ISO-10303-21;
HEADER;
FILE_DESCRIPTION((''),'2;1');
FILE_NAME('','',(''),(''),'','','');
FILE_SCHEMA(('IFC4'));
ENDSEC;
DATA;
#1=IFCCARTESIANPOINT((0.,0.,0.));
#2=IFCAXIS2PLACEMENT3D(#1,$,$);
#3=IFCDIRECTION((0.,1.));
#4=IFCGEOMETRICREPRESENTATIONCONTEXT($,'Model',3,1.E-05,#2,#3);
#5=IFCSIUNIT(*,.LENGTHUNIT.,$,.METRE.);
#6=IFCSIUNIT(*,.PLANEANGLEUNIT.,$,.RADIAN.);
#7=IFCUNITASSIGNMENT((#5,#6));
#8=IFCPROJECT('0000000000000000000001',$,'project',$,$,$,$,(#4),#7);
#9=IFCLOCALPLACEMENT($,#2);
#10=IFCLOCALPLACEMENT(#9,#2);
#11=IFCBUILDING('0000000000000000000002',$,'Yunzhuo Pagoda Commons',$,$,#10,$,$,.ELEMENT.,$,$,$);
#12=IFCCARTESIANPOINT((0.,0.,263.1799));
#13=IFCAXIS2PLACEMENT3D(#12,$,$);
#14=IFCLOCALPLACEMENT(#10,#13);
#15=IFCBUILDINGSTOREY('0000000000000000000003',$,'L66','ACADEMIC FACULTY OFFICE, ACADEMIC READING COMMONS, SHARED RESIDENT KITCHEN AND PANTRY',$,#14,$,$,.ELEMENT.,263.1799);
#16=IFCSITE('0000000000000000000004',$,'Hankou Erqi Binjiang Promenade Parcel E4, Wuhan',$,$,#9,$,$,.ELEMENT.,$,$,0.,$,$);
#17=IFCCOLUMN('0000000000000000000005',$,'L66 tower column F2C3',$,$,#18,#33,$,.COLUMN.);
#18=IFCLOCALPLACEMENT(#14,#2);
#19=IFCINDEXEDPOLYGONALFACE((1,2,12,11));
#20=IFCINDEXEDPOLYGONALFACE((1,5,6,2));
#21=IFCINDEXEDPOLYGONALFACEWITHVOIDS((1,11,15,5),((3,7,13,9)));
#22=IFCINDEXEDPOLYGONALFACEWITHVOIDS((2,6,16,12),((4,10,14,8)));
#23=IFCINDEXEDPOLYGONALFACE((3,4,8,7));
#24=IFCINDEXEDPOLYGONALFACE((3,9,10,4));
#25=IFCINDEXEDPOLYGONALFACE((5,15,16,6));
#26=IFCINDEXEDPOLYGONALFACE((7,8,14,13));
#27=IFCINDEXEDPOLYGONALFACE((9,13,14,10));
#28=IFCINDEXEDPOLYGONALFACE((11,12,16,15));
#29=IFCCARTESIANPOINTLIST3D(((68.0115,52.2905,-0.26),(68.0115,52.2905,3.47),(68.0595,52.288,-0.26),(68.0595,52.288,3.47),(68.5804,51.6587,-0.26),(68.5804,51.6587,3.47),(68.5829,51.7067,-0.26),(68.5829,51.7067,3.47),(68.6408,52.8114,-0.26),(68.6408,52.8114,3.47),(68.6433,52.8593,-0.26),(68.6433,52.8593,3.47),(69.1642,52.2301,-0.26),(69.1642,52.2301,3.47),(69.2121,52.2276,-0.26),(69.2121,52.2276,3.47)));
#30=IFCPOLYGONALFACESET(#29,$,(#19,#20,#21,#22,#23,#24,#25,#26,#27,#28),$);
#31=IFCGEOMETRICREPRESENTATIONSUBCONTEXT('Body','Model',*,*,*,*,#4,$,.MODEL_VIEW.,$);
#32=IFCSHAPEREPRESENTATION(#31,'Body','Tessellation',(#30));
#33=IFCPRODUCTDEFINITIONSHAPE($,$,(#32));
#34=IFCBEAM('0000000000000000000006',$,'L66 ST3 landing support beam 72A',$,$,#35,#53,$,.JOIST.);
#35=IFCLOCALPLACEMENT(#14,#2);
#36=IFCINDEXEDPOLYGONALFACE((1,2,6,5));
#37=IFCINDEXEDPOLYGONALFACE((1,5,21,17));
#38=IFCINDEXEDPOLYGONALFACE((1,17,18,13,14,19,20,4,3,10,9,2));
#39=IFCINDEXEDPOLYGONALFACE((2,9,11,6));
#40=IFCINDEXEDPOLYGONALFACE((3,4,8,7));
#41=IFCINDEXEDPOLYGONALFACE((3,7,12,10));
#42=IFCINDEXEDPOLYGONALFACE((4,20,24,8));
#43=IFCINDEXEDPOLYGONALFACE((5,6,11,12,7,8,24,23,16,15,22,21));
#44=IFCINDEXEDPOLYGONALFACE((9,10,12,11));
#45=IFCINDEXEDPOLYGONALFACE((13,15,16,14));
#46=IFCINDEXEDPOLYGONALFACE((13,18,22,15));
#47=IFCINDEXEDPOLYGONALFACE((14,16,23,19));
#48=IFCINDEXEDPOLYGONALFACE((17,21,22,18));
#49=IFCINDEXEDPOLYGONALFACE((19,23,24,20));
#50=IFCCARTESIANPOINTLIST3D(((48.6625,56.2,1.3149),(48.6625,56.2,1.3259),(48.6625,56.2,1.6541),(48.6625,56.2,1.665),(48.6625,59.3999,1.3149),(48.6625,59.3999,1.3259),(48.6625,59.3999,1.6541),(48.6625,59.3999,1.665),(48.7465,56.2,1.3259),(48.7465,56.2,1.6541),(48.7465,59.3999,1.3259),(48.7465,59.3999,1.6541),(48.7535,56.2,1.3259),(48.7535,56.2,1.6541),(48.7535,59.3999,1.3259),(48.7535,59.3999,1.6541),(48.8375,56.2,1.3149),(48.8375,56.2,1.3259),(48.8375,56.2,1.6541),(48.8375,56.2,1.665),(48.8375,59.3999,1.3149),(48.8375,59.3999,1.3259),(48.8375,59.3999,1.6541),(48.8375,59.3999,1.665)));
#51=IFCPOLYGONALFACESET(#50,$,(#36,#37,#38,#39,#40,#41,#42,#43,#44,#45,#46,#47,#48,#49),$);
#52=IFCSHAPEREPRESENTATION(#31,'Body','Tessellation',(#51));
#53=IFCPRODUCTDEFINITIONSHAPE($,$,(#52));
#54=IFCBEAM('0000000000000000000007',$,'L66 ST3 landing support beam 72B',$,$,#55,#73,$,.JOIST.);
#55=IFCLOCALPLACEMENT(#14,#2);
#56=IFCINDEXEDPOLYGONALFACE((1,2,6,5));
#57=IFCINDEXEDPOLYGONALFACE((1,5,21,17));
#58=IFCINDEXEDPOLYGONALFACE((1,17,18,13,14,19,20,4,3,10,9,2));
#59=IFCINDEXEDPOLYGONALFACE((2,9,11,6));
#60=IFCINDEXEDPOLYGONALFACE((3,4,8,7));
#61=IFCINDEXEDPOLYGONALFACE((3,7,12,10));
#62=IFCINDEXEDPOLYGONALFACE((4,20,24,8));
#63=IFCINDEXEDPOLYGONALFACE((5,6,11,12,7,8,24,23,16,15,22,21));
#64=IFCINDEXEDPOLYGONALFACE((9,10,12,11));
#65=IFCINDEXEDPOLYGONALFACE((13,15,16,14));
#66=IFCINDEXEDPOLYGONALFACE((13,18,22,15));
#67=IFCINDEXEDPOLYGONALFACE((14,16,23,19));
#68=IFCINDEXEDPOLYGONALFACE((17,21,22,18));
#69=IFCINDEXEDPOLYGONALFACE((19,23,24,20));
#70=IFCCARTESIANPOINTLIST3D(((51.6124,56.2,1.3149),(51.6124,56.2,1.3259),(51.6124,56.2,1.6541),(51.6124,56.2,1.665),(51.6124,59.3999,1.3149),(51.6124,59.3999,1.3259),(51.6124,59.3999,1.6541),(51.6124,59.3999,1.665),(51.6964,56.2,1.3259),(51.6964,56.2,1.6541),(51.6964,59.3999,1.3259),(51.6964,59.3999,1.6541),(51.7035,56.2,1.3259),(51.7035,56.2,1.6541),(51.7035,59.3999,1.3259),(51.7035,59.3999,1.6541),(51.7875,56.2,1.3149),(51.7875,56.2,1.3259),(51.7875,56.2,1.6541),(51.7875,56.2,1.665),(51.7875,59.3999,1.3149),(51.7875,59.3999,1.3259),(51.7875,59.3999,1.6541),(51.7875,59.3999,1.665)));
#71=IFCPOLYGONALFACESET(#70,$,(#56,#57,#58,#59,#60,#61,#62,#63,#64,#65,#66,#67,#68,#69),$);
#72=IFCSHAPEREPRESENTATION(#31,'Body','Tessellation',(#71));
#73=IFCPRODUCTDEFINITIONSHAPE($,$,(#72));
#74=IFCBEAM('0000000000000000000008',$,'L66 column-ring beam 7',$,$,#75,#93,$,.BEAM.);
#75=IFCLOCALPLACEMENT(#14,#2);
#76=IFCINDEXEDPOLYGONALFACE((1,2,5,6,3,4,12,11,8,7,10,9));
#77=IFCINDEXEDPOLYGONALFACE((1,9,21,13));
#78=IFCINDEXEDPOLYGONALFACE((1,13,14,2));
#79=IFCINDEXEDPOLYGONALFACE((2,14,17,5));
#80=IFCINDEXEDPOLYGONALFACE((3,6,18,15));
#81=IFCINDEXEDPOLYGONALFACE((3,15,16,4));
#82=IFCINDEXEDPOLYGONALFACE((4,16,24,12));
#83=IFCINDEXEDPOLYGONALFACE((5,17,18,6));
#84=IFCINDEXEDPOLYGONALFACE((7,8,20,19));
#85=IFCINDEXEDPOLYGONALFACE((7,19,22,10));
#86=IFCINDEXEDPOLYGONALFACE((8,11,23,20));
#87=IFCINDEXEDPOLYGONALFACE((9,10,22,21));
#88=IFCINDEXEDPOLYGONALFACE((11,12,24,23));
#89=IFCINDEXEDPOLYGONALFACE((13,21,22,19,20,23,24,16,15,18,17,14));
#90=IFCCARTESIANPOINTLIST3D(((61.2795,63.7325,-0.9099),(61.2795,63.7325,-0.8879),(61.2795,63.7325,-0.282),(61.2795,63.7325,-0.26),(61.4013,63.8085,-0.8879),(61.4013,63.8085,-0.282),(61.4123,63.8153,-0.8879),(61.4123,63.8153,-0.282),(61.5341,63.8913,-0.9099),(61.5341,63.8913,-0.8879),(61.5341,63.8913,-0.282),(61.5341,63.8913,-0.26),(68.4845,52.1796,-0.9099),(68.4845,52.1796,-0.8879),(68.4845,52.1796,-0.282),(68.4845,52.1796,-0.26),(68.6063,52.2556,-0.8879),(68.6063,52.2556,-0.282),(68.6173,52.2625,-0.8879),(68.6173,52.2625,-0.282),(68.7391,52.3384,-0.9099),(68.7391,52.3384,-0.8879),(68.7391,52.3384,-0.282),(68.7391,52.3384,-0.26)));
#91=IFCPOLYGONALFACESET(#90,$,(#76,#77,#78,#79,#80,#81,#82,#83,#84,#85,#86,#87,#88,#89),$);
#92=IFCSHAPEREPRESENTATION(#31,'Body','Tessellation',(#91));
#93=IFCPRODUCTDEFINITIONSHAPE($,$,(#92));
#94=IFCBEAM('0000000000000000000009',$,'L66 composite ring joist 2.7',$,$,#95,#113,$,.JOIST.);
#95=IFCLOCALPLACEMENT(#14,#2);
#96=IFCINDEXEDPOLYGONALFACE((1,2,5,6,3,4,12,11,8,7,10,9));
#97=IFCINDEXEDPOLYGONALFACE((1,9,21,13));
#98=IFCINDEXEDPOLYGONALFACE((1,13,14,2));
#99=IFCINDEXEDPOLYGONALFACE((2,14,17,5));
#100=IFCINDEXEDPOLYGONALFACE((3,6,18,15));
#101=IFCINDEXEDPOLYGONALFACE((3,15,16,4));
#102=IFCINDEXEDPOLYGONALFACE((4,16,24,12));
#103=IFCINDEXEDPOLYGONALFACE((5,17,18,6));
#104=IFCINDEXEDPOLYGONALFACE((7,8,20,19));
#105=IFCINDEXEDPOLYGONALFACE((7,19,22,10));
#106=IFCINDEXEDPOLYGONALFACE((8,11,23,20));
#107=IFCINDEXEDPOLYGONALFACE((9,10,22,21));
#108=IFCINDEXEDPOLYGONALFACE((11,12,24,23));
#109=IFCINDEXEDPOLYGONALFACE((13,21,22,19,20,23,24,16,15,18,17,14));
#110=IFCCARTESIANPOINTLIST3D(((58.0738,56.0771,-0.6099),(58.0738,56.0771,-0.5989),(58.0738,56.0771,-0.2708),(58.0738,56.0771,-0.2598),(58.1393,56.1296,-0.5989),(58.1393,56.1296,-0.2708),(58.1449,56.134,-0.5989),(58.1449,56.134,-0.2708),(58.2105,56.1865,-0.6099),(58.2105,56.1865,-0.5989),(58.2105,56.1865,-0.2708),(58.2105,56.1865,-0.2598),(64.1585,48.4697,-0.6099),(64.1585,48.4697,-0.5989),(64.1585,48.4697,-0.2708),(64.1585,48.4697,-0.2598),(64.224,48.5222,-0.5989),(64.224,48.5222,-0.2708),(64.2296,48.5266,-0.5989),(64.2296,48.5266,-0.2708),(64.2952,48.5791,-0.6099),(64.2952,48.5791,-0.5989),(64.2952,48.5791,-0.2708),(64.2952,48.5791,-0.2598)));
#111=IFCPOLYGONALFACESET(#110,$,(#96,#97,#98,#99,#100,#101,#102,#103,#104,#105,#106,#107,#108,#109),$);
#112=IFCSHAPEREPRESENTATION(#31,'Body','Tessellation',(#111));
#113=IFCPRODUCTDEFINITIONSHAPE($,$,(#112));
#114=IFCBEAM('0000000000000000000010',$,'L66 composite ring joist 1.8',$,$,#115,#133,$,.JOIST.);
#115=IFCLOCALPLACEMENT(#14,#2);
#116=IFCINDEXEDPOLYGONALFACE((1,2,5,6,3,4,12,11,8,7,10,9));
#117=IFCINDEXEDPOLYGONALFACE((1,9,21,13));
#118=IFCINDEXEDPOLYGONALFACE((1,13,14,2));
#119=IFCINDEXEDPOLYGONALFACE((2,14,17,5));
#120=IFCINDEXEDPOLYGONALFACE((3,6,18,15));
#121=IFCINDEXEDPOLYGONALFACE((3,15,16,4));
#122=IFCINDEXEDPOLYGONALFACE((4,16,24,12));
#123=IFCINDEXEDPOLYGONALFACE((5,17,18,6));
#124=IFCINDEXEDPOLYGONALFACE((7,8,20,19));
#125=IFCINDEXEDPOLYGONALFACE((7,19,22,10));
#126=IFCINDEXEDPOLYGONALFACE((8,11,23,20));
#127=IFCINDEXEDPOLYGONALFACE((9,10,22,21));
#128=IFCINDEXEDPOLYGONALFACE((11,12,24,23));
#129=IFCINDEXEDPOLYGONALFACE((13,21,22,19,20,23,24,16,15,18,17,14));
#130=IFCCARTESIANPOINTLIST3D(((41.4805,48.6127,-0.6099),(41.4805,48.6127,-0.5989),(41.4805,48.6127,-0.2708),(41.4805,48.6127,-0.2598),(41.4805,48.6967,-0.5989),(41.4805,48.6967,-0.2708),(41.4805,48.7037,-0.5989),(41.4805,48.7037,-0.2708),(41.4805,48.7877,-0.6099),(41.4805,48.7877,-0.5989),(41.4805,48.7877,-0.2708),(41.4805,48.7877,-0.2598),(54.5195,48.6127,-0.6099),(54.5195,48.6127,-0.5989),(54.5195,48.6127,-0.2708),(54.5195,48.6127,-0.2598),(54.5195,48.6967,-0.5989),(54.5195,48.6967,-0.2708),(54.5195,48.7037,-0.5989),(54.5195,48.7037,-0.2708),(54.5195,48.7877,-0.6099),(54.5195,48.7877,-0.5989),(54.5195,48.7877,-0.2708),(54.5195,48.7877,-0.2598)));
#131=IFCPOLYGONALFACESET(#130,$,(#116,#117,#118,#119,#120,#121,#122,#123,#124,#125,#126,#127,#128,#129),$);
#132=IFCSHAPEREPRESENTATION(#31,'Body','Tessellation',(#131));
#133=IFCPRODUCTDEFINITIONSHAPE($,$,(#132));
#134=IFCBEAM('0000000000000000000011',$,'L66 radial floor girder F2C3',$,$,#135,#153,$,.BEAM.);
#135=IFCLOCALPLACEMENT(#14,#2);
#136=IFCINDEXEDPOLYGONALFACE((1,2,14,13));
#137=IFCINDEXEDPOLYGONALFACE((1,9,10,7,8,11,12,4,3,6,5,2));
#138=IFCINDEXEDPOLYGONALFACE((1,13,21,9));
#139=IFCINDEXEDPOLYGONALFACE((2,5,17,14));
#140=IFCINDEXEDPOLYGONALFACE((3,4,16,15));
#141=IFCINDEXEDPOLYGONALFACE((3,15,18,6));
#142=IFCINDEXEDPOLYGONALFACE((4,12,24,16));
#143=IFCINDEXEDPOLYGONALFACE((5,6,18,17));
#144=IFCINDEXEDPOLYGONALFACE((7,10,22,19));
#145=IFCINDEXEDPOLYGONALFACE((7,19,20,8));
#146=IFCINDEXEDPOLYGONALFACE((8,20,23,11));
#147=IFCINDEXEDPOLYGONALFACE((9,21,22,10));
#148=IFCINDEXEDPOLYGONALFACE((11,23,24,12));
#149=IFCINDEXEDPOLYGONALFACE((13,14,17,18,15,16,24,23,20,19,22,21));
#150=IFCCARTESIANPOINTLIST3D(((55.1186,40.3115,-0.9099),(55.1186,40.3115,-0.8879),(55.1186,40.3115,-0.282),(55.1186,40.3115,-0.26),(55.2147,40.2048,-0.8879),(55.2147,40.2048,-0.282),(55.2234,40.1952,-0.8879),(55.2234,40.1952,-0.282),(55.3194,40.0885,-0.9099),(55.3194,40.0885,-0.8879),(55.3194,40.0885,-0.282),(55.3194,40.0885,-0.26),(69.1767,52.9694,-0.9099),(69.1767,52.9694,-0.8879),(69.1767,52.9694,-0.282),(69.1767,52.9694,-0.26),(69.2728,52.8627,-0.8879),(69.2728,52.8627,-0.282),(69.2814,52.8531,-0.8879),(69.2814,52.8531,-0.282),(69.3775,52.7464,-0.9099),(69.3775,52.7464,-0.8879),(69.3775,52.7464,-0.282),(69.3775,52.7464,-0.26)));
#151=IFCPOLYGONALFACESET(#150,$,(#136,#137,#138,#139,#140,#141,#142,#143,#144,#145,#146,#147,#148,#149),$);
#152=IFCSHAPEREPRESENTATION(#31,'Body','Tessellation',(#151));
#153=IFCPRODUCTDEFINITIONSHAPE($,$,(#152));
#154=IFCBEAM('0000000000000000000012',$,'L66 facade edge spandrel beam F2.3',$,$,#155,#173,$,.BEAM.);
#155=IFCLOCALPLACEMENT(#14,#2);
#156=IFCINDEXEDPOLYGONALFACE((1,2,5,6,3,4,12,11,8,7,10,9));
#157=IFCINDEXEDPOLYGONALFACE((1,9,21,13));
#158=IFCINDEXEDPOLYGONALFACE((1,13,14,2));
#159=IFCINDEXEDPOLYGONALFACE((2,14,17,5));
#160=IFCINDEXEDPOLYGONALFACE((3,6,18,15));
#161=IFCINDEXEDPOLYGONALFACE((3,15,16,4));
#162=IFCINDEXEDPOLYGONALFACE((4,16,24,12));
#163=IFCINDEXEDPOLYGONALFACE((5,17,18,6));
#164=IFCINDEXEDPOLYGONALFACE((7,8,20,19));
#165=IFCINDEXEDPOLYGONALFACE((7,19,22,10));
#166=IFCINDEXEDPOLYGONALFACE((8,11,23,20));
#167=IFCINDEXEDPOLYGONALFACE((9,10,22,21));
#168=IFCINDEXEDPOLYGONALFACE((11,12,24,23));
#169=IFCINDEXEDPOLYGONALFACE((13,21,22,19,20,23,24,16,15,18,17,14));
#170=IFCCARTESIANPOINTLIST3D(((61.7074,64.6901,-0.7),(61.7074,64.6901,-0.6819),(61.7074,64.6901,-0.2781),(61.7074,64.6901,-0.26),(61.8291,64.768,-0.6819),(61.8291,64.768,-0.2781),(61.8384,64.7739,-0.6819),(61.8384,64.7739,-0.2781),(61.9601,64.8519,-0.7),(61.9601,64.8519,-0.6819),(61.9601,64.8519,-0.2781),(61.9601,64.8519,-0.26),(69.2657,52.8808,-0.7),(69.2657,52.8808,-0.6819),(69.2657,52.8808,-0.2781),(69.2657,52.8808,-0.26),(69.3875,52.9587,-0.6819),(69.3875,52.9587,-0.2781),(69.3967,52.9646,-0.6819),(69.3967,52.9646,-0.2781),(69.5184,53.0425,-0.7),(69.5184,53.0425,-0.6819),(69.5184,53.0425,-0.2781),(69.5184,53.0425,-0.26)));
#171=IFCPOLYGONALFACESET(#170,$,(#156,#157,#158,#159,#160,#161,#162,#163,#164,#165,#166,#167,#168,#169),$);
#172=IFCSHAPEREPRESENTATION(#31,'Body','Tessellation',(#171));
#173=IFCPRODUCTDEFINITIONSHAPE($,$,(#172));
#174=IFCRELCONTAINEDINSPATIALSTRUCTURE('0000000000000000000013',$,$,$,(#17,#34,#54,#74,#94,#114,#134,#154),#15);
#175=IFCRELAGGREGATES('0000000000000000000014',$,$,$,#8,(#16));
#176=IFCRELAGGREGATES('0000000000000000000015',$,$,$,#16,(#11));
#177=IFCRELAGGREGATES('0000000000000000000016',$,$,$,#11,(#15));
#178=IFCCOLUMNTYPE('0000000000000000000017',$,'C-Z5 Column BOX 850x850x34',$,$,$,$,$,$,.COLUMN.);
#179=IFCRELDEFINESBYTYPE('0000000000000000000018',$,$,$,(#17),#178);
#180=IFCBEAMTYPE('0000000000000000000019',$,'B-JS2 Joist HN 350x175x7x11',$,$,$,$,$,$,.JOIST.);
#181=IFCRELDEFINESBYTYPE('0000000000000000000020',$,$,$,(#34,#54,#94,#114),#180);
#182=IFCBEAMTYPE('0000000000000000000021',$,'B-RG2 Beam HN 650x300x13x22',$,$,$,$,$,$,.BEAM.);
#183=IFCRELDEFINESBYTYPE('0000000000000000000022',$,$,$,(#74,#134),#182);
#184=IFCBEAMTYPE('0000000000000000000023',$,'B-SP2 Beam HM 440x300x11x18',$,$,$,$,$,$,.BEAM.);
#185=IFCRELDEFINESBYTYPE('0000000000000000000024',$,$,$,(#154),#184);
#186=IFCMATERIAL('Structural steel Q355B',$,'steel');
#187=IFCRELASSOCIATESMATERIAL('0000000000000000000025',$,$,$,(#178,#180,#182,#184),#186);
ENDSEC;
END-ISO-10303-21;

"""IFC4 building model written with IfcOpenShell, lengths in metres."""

from ifc_helpers import new_model, si_unit, direction, frame, origin, origin_2d, place, context, subcontext, project, spatial, hollow_rectangle, i_section, extrude, source, transform, mapped, material, material_profile, profile_set, type_object, element, save


model = new_model("IFC4")

# Units and contexts
model_context = context("Model", 3, precision=1e-05, world=origin(), true_north=direction((0.0, 1.0)))
body_context = subcontext(model_context, "Body", "Model", "MODEL_VIEW")
ifc_project = project(units=[si_unit("LENGTHUNIT", "METRE"), si_unit("PLANEANGLEUNIT", "RADIAN")], contexts=[model_context])

# Site, building, storey
site_placement = place(None, origin())
site = spatial("IfcSite", under=ifc_project, at=site_placement, Name="Hankou Erqi Binjiang Promenade Parcel E4, Wuhan", CompositionType="ELEMENT", RefElevation=0.0)
building_placement = place(site_placement, origin())
building = spatial("IfcBuilding", under=site, at=building_placement, Name="Yunzhuo Pagoda Commons", CompositionType="ELEMENT")
storey_placement = place(building_placement, frame((0.0, 0.0, 263.1799)))
storey = spatial("IfcBuildingStorey", under=building, at=storey_placement, Name="L66", Description="ACADEMIC FACULTY OFFICE, ACADEMIC READING COMMONS, SHARED RESIDENT KITCHEN AND PANTRY", CompositionType="ELEMENT", Elevation=263.1799)

# Column
ifc_material_1 = material(Name="Structural steel Q355B", Category="steel")
ifc_material_profile_1 = material_profile(ifc_material_1, hollow_rectangle(XDim=0.8501, YDim=0.8501, WallThickness=0.0339, at=origin_2d()), Name="Structural steel Q355B")
ifc_profile_set_1 = profile_set([ifc_material_profile_1], Name="Structural steel Q355B")
column_type = type_object("IfcColumnType", Name="C-Z5 Column BOX 850x850x34", PredefinedType="COLUMN", material=ifc_profile_set_1)
shared_shape_1 = source(origin(), body_context, "Body", "SweptSolid", [
    extrude(hollow_rectangle(XDim=0.8501, YDim=0.8501, WallThickness=0.0339, at=origin_2d()), origin(), (0.0, 0.0, 1.0), 3.73),
])
column_placement = place(storey_placement, frame((68.6118, 52.259, -0.26), z_axis=(0.0, 0.0, 1.0), x_axis=(-0.669131, 0.743145, 0.0)))
element("IfcColumn", 1, at=column_placement, inside=storey, type_object=column_type, Name="L66 tower column F2C3", PredefinedType="COLUMN", context=body_context, shape_type="MappedRepresentation", body=[
    mapped(shared_shape_1, transform((0.0, 0.0, 0.0), scale=1.0)),
])

# Beams
ifc_material_profile_2 = material_profile(ifc_material_1, i_section(OverallWidth=0.175, OverallDepth=0.3501, WebThickness=0.0071, FlangeThickness=0.011, at=origin_2d()), Name="Structural steel Q355B")
ifc_profile_set_2 = profile_set([ifc_material_profile_2], Name="Structural steel Q355B")
beam_type_1 = type_object("IfcBeamType", Name="B-JS2 Joist HN 350x175x7x11", PredefinedType="JOIST", material=ifc_profile_set_2)
shared_shape_2 = source(origin(), body_context, "Body", "SweptSolid", [
    extrude(i_section(OverallWidth=0.175, OverallDepth=0.3501, WebThickness=0.0071, FlangeThickness=0.011, at=origin_2d()), origin(), (0.0, 0.0, 1.0), 3.2),
])
for number, where, z_axis, x_axis, name in (
    (2, (48.75, 56.2, 1.49), (0.0, 1.0, 0.0), (-1.0, 0.0, 0.0), "L66 ST3 landing support beam 72A"),
    (3, (51.7, 56.2, 1.49), (0.0, 1.0, 0.0), (-1.0, 0.0, 0.0), "L66 ST3 landing support beam 72B"),
):
    element("IfcBeam", number, at=place(storey_placement, frame(where, z_axis=z_axis, x_axis=x_axis)), inside=storey, type_object=beam_type_1, Name=name, PredefinedType="JOIST", context=body_context, shape_type="MappedRepresentation", body=[
        mapped(shared_shape_2, transform((0.0, 0.0, 0.0), scale=1.0)),
    ])
ifc_material_profile_3 = material_profile(ifc_material_1, i_section(OverallWidth=0.3, OverallDepth=0.6499, WebThickness=0.0129, FlangeThickness=0.022, at=origin_2d()), Name="Structural steel Q355B")
ifc_profile_set_3 = profile_set([ifc_material_profile_3], Name="Structural steel Q355B")
beam_type_2 = type_object("IfcBeamType", Name="B-RG2 Beam HN 650x300x13x22", PredefinedType="BEAM", material=ifc_profile_set_3)
shared_shape_3 = source(origin(), body_context, "Body", "SweptSolid", [
    extrude(i_section(OverallWidth=0.3, OverallDepth=0.6499, WebThickness=0.0129, FlangeThickness=0.022, at=origin_2d()), origin(), (0.0, 0.0, 1.0), 13.6155),
])
beam_1_placement = place(storey_placement, frame((68.6118, 52.259, -0.585), z_axis=(-0.529178, 0.848511, 0.0), x_axis=(-0.848511, -0.529178, 0.0)))
element("IfcBeam", 4, at=beam_1_placement, inside=storey, type_object=beam_type_2, Name="L66 column-ring beam 7", PredefinedType="BEAM", context=body_context, shape_type="MappedRepresentation", body=[
    mapped(shared_shape_3, transform((0.0, 0.0, 0.0), scale=1.0)),
])
shared_shape_4 = source(origin(), body_context, "Body", "SweptSolid", [
    extrude(i_section(OverallWidth=0.175, OverallDepth=0.3501, WebThickness=0.0071, FlangeThickness=0.011, at=origin_2d()), origin(), (0.0, 0.0, 1.0), 9.7415),
])
beam_2_placement = place(storey_placement, frame((64.2268, 48.5244, -0.4348), z_axis=(-0.624619, 0.78093, 0.0), x_axis=(-0.78093, -0.624619, 0.0)))
element("IfcBeam", 5, at=beam_2_placement, inside=storey, type_object=beam_type_1, Name="L66 composite ring joist 2.7", PredefinedType="JOIST", context=body_context, shape_type="MappedRepresentation", body=[
    mapped(shared_shape_4, transform((0.0, 0.0, 0.0), scale=1.0)),
])
shared_shape_5 = source(origin(), body_context, "Body", "SweptSolid", [
    extrude(i_section(OverallWidth=0.175, OverallDepth=0.3501, WebThickness=0.0071, FlangeThickness=0.011, at=origin_2d()), origin(), (0.0, 0.0, 1.0), 13.0391),
])
beam_3_placement = place(storey_placement, frame((54.5195, 48.7002, -0.4348), z_axis=(-1.0, 0.0, 0.0), x_axis=(0.0, -1.0, 0.0)))
element("IfcBeam", 6, at=beam_3_placement, inside=storey, type_object=beam_type_1, Name="L66 composite ring joist 1.8", PredefinedType="JOIST", context=body_context, shape_type="MappedRepresentation", body=[
    mapped(shared_shape_5, transform((0.0, 0.0, 0.0), scale=1.0)),
])
shared_shape_6 = source(origin(), body_context, "Body", "SweptSolid", [
    extrude(i_section(OverallWidth=0.3, OverallDepth=0.6499, WebThickness=0.0129, FlangeThickness=0.022, at=origin_2d()), origin(), (0.0, 0.0, 1.0), 18.917),
])
beam_4_placement = place(storey_placement, frame((69.2771, 52.8579, -0.585), z_axis=(-0.743145, -0.66913, 0.0), x_axis=(0.66913, -0.743145, 0.0)))
element("IfcBeam", 7, at=beam_4_placement, inside=storey, type_object=beam_type_2, Name="L66 radial floor girder F2C3", PredefinedType="BEAM", context=body_context, shape_type="MappedRepresentation", body=[
    mapped(shared_shape_6, transform((0.0, 0.0, 0.0), scale=1.0)),
])
ifc_material_profile_4 = material_profile(ifc_material_1, i_section(OverallWidth=0.3, OverallDepth=0.4399, WebThickness=0.011, FlangeThickness=0.0181, at=origin_2d()), Name="Structural steel Q355B")
ifc_profile_set_4 = profile_set([ifc_material_profile_4], Name="Structural steel Q355B")
beam_type_3 = type_object("IfcBeamType", Name="B-SP2 Beam HM 440x300x11x18", PredefinedType="BEAM", material=ifc_profile_set_4)
shared_shape_7 = source(origin(), body_context, "Body", "SweptSolid", [
    extrude(i_section(OverallWidth=0.3, OverallDepth=0.4399, WebThickness=0.011, FlangeThickness=0.0181, at=origin_2d()), origin(), (0.0, 0.0, 1.0), 14.021),
])
beam_5_placement = place(storey_placement, frame((69.3921, 52.9617, -0.48), z_axis=(-0.539073, 0.842259, 0.0), x_axis=(-0.842259, -0.539073, 0.0)))
element("IfcBeam", 8, at=beam_5_placement, inside=storey, type_object=beam_type_3, Name="L66 facade edge spandrel beam F2.3", PredefinedType="BEAM", context=body_context, shape_type="MappedRepresentation", body=[
    mapped(shared_shape_7, transform((0.0, 0.0, 0.0), scale=1.0)),
])

save(model, "model.ifc")
